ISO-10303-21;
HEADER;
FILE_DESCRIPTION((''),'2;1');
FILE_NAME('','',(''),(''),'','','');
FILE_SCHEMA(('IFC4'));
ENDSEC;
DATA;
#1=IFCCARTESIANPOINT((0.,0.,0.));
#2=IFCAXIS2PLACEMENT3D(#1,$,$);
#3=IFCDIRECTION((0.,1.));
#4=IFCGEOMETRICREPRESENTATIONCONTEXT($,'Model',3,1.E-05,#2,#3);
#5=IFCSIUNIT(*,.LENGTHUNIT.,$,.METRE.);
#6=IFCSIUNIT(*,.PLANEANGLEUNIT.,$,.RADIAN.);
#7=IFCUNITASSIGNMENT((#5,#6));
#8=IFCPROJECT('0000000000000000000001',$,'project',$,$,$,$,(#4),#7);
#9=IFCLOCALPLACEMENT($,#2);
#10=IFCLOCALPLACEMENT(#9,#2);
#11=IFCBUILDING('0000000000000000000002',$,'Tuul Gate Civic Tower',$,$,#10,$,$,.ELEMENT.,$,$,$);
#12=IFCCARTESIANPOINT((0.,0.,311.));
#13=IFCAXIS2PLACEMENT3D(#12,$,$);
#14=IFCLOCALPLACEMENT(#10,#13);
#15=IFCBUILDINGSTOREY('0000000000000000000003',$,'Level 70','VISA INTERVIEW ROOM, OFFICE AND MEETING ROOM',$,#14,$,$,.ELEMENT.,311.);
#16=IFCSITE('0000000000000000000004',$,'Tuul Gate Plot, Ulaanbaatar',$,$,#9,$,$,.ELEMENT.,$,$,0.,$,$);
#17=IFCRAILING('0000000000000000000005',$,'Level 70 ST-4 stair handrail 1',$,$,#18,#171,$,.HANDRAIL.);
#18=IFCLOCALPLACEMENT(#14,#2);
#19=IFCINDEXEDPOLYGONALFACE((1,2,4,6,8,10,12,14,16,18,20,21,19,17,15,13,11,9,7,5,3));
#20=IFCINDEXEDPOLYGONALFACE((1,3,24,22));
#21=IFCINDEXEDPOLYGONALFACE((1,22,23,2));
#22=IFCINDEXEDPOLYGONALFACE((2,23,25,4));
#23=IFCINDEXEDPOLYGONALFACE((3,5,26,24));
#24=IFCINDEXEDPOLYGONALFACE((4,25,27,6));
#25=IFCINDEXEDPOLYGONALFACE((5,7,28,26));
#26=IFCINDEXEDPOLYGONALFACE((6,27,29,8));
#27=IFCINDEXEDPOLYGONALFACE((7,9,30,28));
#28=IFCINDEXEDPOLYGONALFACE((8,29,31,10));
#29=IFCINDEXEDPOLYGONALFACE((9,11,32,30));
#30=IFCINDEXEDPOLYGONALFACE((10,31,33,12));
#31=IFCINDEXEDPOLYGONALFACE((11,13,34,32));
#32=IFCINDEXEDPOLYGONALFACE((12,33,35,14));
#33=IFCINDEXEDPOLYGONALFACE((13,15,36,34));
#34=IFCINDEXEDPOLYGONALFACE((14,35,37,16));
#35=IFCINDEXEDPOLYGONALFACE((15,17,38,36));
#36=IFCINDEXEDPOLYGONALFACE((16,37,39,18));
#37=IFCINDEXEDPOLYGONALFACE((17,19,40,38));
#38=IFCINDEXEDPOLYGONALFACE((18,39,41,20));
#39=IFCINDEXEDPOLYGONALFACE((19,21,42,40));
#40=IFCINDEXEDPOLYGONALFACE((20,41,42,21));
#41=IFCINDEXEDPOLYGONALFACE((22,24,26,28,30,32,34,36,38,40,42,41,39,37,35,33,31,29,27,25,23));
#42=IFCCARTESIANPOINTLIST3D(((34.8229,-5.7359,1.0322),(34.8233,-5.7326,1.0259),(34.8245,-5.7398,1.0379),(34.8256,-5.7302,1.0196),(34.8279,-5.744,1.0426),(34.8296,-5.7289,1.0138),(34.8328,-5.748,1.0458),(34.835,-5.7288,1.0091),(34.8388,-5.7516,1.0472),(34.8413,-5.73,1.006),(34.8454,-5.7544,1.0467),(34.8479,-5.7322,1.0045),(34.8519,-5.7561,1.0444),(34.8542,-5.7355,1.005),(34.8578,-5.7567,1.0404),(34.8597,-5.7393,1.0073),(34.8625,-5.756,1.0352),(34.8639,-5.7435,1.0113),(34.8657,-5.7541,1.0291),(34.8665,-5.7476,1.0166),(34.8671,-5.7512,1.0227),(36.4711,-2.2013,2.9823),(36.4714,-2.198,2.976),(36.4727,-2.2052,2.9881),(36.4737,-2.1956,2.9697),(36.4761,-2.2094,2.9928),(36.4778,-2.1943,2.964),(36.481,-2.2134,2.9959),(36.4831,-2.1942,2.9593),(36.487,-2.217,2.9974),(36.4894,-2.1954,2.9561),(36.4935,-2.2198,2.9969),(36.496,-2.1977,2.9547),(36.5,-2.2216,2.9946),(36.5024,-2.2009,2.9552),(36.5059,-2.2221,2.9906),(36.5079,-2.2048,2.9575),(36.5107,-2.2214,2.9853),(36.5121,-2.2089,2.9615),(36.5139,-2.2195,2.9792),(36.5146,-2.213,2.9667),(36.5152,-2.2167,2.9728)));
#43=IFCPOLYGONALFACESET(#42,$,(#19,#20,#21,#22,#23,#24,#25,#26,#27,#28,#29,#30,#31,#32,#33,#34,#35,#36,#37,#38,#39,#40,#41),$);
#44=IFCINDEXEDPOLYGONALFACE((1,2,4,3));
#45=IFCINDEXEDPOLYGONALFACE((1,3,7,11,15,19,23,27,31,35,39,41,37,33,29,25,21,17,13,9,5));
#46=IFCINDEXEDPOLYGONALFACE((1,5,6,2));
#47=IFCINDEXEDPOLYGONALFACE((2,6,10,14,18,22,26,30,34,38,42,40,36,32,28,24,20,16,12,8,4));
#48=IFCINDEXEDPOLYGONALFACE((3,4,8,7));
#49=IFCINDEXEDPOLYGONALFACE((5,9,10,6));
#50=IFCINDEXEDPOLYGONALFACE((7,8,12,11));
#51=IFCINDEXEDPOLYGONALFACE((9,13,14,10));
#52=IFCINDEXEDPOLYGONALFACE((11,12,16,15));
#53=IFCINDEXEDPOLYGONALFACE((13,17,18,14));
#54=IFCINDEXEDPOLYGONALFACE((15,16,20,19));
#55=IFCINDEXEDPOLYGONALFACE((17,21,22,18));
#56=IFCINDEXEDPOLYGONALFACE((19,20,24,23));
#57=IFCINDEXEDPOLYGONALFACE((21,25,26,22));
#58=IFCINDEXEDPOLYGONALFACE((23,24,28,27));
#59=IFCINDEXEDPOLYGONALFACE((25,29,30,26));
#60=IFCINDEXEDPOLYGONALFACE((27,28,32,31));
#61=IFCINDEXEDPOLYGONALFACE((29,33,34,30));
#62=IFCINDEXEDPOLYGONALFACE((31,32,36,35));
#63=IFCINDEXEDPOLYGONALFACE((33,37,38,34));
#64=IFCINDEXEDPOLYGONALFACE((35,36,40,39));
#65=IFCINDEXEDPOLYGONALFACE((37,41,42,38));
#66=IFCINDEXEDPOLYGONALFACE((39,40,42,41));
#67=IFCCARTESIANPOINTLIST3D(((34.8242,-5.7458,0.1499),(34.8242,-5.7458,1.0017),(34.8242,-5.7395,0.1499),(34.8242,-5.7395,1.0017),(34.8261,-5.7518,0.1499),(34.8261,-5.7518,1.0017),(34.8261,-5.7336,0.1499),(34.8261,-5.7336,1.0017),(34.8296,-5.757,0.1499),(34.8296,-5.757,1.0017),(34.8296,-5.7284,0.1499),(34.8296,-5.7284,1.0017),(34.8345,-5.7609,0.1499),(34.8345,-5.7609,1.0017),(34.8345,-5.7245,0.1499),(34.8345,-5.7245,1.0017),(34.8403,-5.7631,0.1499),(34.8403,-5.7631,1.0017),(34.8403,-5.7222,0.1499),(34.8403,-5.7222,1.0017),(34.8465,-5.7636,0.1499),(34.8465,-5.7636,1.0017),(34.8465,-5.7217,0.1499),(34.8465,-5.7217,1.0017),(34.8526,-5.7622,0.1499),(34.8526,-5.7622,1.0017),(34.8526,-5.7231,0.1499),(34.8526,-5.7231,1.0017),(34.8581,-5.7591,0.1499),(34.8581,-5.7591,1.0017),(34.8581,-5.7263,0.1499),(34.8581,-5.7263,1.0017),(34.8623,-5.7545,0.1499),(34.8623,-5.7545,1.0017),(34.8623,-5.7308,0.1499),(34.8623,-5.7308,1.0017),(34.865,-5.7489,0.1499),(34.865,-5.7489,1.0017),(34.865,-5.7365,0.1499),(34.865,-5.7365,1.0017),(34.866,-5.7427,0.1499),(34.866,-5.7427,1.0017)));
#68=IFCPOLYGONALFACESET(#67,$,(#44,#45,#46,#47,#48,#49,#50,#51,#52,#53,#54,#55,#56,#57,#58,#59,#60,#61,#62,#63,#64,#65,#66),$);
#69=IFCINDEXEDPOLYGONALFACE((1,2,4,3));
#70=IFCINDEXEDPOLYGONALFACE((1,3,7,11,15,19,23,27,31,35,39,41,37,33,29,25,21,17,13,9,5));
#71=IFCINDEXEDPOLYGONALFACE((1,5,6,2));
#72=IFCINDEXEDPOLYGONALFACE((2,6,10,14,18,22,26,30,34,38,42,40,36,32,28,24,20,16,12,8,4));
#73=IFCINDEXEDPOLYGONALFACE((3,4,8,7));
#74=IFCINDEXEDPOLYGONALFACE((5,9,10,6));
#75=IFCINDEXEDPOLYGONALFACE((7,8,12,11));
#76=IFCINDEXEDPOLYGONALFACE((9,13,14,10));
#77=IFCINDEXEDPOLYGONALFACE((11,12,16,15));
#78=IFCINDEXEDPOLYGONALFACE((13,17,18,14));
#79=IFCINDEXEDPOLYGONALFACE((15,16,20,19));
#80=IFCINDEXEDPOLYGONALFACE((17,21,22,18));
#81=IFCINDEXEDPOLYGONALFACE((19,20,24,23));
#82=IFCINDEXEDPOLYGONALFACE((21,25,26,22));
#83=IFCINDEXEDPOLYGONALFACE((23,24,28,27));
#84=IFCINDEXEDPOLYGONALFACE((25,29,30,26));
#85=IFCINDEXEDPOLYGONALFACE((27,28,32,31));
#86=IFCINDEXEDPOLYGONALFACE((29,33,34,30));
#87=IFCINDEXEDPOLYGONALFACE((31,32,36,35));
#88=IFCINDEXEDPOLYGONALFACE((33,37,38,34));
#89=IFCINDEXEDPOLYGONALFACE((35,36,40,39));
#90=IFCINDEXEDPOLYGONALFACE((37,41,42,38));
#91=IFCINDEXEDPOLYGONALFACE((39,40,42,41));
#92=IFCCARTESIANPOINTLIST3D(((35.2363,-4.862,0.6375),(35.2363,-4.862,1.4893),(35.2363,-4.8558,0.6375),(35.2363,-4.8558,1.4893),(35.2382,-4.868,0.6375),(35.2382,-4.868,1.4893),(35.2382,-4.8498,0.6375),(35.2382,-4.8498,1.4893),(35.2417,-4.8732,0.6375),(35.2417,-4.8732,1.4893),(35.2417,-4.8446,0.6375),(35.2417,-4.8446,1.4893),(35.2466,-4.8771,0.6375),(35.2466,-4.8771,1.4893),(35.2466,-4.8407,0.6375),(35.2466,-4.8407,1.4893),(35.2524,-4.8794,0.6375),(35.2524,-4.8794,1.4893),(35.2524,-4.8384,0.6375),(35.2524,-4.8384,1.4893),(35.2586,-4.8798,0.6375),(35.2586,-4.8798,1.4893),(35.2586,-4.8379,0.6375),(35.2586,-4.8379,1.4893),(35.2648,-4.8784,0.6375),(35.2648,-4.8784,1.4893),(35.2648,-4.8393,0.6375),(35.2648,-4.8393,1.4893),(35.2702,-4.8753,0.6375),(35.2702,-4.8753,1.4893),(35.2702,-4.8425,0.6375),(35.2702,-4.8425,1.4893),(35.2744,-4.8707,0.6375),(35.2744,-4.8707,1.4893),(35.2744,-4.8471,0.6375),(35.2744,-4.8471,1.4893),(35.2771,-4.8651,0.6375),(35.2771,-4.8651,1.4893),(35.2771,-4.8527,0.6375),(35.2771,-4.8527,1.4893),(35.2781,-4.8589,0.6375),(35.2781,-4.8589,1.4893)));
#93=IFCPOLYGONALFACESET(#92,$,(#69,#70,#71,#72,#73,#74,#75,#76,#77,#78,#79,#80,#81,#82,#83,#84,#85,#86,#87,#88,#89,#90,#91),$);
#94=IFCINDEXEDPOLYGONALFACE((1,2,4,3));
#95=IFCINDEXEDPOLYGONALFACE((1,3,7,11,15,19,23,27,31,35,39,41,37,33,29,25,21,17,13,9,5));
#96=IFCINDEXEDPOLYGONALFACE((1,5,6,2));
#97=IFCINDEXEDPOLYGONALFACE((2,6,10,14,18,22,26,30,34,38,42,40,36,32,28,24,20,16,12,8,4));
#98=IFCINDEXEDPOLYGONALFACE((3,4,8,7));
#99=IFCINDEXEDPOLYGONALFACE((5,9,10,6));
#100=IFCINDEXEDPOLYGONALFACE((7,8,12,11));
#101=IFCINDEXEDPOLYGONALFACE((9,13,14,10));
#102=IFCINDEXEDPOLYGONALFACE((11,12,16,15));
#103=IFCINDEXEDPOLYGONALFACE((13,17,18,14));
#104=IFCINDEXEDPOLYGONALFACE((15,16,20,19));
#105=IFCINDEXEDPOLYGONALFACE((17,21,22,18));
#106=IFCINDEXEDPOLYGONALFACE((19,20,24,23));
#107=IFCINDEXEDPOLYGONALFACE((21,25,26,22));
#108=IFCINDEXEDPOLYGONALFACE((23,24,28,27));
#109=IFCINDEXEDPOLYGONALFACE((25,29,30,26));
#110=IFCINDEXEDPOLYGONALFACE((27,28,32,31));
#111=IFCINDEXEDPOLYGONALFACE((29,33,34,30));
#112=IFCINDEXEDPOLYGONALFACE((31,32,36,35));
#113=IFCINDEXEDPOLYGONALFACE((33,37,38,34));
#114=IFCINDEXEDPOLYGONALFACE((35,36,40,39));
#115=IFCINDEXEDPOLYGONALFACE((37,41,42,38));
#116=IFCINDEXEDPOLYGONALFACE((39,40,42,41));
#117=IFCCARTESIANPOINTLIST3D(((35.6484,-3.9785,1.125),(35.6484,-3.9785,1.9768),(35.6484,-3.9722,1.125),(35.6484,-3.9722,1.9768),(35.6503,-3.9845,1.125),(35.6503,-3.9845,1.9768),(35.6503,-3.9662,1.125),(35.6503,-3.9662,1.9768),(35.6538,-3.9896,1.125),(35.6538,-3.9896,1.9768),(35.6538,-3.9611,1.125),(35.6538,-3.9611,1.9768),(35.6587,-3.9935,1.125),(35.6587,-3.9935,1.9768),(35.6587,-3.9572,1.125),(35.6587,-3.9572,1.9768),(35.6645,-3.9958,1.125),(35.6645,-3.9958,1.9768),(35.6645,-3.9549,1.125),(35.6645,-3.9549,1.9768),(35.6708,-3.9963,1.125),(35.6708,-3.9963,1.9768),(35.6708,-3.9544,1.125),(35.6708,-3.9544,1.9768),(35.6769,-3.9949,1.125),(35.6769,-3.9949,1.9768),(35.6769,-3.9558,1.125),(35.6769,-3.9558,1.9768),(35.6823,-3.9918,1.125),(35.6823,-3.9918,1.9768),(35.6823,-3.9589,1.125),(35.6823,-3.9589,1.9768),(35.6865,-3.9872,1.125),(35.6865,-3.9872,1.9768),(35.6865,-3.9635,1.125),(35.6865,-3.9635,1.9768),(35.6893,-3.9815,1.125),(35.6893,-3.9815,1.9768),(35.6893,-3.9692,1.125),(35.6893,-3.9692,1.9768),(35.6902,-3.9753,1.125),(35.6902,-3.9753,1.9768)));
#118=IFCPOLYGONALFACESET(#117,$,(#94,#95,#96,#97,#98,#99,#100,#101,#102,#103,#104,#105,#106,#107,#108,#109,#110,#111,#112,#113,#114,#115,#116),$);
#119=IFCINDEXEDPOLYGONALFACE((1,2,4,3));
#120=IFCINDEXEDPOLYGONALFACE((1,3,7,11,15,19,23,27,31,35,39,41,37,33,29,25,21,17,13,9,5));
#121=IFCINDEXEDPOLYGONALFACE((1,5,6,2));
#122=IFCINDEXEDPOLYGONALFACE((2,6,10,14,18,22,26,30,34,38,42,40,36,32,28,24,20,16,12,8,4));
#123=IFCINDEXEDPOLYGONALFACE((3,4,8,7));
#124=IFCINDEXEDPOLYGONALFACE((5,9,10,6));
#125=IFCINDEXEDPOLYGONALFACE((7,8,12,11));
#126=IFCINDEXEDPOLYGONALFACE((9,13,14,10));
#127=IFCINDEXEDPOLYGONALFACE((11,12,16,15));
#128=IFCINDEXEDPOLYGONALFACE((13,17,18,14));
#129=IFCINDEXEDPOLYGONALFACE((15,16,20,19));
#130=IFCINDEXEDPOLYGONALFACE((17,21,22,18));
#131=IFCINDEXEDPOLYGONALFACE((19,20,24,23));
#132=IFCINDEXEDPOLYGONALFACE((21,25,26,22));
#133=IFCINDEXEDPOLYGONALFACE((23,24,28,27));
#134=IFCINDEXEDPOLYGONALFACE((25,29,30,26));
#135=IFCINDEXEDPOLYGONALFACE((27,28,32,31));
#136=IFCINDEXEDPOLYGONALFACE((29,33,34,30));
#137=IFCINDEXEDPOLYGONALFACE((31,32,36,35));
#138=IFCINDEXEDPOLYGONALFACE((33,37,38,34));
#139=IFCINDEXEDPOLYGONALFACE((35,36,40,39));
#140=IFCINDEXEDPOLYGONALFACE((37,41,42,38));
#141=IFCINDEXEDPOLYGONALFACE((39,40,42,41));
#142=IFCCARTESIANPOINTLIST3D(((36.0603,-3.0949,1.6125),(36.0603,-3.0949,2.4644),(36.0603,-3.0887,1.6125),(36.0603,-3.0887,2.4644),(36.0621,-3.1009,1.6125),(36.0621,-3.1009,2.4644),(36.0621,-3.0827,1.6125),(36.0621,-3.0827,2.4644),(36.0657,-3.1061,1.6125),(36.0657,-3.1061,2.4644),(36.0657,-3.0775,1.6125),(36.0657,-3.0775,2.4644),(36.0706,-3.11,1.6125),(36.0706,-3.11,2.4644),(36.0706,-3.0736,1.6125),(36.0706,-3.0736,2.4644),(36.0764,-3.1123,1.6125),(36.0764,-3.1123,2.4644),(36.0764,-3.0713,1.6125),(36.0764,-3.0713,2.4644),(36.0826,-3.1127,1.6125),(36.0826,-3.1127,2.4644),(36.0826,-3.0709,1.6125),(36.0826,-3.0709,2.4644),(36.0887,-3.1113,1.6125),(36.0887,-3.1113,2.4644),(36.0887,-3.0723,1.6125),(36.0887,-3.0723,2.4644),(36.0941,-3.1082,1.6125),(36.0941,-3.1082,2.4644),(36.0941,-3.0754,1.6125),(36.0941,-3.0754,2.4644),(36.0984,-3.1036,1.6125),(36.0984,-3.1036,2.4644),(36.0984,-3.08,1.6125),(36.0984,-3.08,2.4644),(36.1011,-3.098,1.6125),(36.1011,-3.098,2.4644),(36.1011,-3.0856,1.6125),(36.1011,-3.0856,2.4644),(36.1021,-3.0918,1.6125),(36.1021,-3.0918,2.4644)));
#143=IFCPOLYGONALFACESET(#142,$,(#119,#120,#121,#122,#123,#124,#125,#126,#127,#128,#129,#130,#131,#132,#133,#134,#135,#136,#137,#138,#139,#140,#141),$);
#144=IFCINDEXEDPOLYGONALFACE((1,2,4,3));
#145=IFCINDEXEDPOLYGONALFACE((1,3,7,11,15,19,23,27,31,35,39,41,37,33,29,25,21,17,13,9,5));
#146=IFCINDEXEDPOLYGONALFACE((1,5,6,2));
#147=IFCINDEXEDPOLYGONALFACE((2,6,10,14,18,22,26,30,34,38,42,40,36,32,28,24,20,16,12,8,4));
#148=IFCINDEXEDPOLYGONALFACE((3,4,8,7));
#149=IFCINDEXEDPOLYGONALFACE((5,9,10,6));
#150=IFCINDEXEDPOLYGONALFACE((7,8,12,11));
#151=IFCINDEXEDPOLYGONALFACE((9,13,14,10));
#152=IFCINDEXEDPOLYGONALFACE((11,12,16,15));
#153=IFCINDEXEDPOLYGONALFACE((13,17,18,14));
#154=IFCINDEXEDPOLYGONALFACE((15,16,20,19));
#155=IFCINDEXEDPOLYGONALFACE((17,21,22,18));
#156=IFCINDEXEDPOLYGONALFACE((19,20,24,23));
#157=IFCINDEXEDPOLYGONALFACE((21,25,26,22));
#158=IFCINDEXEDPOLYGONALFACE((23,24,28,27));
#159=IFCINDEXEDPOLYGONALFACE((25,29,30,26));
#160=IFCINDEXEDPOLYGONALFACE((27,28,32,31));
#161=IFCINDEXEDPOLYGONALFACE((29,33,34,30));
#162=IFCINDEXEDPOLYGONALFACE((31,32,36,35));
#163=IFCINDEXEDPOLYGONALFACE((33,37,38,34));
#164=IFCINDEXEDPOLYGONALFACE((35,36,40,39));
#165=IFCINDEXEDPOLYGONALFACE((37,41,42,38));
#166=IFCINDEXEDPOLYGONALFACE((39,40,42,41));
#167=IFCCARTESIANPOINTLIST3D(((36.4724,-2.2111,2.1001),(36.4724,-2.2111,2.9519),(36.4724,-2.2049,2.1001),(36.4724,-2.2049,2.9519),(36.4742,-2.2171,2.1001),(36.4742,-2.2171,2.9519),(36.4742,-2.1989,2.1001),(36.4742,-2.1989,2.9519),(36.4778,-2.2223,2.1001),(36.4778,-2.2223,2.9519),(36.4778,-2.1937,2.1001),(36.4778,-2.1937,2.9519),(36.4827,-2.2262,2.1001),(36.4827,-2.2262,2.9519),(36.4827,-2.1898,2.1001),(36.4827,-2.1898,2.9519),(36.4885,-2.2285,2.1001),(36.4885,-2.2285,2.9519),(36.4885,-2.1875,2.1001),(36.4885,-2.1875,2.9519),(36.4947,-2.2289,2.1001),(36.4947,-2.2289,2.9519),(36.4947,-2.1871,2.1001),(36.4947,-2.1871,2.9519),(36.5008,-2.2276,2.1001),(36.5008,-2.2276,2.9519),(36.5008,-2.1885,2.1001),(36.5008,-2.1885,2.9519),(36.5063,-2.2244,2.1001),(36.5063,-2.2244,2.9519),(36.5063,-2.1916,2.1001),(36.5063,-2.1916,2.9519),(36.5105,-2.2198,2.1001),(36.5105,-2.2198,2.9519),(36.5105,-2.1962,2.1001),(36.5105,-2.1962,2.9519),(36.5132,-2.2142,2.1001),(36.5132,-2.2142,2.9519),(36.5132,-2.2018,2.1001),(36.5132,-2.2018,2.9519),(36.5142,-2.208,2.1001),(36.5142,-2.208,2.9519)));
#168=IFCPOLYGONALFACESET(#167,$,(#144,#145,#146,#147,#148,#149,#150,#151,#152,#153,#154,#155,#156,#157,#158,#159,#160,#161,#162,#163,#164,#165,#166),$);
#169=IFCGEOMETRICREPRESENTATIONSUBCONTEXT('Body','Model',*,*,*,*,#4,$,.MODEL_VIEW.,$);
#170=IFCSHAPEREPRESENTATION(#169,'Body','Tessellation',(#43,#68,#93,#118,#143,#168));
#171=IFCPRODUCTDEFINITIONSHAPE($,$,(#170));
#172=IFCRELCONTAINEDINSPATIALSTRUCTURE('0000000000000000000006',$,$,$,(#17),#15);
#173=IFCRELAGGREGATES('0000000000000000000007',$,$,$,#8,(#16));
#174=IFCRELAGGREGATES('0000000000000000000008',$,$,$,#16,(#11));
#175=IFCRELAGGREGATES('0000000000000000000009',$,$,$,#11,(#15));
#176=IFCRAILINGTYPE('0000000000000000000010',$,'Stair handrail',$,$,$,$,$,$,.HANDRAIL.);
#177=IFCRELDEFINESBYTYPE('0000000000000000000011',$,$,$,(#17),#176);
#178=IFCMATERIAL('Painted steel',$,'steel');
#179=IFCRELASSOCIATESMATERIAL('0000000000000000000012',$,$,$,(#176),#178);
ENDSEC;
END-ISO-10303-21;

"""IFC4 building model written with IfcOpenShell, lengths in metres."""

from ifc_helpers import new_model, si_unit, direction, frame, origin, origin_2d, place, context, subcontext, project, spatial, circle, extrude, material, type_object, element, save


model = new_model("IFC4")

# Units and contexts
model_context = context("Model", 3, precision=1e-05, world=origin(), true_north=direction((0.0, 1.0)))
body_context = subcontext(model_context, "Body", "Model", "MODEL_VIEW")
ifc_project = project(units=[si_unit("LENGTHUNIT", "METRE"), si_unit("PLANEANGLEUNIT", "RADIAN")], contexts=[model_context])

# Site, building, storey
site_placement = place(None, origin())
site = spatial("IfcSite", under=ifc_project, at=site_placement, Name="Tuul Gate Plot, Ulaanbaatar", CompositionType="ELEMENT", RefElevation=0.0)
building_placement = place(site_placement, origin())
building = spatial("IfcBuilding", under=site, at=building_placement, Name="Tuul Gate Civic Tower", CompositionType="ELEMENT")
storey_placement = place(building_placement, frame((0.0, 0.0, 311.0)))
storey = spatial("IfcBuildingStorey", under=building, at=storey_placement, Name="Level 70", Description="VISA INTERVIEW ROOM, OFFICE AND MEETING ROOM", CompositionType="ELEMENT", Elevation=311.0)

# Railing
ifc_material_1 = material(Name="Painted steel", Category="steel")
railing_type = type_object("IfcRailingType", Name="Stair handrail", PredefinedType="HANDRAIL", material=ifc_material_1)
railing_placement = place(storey_placement, frame((34.845, -5.7427, 0.1499)))
element("IfcRailing", 1, at=railing_placement, inside=storey, type_object=railing_type, Name="Level 70 ST-4 stair handrail 1", PredefinedType="HANDRAIL", context=body_context, shape_type="SweptSolid", body=[
    extrude(circle(Radius=0.0239, at=origin_2d()), frame((0.0, 0.0, 0.876), z_axis=(0.377985, 0.810617, 0.447245), x_axis=(-0.906313, 0.422608, 0.0)), (0.0, 0.0, 1.0), 4.3604),
    extrude(circle(Radius=0.021, at=origin_2d()), origin(), (0.0, 0.0, 1.0), 0.8518),
    extrude(circle(Radius=0.021, at=origin_2d()), frame((0.4121, 0.8838, 0.4875)), (0.0, 0.0, 1.0), 0.8518),
    extrude(circle(Radius=0.021, at=origin_2d()), frame((0.8242, 1.7673, 0.9751)), (0.0, 0.0, 1.0), 0.8518),
    extrude(circle(Radius=0.021, at=origin_2d()), frame((1.2361, 2.6509, 1.4626)), (0.0, 0.0, 1.0), 0.8518),
    extrude(circle(Radius=0.021, at=origin_2d()), frame((1.6482, 3.5347, 1.9502)), (0.0, 0.0, 1.0), 0.8518),
])

save(model, "model.ifc")
